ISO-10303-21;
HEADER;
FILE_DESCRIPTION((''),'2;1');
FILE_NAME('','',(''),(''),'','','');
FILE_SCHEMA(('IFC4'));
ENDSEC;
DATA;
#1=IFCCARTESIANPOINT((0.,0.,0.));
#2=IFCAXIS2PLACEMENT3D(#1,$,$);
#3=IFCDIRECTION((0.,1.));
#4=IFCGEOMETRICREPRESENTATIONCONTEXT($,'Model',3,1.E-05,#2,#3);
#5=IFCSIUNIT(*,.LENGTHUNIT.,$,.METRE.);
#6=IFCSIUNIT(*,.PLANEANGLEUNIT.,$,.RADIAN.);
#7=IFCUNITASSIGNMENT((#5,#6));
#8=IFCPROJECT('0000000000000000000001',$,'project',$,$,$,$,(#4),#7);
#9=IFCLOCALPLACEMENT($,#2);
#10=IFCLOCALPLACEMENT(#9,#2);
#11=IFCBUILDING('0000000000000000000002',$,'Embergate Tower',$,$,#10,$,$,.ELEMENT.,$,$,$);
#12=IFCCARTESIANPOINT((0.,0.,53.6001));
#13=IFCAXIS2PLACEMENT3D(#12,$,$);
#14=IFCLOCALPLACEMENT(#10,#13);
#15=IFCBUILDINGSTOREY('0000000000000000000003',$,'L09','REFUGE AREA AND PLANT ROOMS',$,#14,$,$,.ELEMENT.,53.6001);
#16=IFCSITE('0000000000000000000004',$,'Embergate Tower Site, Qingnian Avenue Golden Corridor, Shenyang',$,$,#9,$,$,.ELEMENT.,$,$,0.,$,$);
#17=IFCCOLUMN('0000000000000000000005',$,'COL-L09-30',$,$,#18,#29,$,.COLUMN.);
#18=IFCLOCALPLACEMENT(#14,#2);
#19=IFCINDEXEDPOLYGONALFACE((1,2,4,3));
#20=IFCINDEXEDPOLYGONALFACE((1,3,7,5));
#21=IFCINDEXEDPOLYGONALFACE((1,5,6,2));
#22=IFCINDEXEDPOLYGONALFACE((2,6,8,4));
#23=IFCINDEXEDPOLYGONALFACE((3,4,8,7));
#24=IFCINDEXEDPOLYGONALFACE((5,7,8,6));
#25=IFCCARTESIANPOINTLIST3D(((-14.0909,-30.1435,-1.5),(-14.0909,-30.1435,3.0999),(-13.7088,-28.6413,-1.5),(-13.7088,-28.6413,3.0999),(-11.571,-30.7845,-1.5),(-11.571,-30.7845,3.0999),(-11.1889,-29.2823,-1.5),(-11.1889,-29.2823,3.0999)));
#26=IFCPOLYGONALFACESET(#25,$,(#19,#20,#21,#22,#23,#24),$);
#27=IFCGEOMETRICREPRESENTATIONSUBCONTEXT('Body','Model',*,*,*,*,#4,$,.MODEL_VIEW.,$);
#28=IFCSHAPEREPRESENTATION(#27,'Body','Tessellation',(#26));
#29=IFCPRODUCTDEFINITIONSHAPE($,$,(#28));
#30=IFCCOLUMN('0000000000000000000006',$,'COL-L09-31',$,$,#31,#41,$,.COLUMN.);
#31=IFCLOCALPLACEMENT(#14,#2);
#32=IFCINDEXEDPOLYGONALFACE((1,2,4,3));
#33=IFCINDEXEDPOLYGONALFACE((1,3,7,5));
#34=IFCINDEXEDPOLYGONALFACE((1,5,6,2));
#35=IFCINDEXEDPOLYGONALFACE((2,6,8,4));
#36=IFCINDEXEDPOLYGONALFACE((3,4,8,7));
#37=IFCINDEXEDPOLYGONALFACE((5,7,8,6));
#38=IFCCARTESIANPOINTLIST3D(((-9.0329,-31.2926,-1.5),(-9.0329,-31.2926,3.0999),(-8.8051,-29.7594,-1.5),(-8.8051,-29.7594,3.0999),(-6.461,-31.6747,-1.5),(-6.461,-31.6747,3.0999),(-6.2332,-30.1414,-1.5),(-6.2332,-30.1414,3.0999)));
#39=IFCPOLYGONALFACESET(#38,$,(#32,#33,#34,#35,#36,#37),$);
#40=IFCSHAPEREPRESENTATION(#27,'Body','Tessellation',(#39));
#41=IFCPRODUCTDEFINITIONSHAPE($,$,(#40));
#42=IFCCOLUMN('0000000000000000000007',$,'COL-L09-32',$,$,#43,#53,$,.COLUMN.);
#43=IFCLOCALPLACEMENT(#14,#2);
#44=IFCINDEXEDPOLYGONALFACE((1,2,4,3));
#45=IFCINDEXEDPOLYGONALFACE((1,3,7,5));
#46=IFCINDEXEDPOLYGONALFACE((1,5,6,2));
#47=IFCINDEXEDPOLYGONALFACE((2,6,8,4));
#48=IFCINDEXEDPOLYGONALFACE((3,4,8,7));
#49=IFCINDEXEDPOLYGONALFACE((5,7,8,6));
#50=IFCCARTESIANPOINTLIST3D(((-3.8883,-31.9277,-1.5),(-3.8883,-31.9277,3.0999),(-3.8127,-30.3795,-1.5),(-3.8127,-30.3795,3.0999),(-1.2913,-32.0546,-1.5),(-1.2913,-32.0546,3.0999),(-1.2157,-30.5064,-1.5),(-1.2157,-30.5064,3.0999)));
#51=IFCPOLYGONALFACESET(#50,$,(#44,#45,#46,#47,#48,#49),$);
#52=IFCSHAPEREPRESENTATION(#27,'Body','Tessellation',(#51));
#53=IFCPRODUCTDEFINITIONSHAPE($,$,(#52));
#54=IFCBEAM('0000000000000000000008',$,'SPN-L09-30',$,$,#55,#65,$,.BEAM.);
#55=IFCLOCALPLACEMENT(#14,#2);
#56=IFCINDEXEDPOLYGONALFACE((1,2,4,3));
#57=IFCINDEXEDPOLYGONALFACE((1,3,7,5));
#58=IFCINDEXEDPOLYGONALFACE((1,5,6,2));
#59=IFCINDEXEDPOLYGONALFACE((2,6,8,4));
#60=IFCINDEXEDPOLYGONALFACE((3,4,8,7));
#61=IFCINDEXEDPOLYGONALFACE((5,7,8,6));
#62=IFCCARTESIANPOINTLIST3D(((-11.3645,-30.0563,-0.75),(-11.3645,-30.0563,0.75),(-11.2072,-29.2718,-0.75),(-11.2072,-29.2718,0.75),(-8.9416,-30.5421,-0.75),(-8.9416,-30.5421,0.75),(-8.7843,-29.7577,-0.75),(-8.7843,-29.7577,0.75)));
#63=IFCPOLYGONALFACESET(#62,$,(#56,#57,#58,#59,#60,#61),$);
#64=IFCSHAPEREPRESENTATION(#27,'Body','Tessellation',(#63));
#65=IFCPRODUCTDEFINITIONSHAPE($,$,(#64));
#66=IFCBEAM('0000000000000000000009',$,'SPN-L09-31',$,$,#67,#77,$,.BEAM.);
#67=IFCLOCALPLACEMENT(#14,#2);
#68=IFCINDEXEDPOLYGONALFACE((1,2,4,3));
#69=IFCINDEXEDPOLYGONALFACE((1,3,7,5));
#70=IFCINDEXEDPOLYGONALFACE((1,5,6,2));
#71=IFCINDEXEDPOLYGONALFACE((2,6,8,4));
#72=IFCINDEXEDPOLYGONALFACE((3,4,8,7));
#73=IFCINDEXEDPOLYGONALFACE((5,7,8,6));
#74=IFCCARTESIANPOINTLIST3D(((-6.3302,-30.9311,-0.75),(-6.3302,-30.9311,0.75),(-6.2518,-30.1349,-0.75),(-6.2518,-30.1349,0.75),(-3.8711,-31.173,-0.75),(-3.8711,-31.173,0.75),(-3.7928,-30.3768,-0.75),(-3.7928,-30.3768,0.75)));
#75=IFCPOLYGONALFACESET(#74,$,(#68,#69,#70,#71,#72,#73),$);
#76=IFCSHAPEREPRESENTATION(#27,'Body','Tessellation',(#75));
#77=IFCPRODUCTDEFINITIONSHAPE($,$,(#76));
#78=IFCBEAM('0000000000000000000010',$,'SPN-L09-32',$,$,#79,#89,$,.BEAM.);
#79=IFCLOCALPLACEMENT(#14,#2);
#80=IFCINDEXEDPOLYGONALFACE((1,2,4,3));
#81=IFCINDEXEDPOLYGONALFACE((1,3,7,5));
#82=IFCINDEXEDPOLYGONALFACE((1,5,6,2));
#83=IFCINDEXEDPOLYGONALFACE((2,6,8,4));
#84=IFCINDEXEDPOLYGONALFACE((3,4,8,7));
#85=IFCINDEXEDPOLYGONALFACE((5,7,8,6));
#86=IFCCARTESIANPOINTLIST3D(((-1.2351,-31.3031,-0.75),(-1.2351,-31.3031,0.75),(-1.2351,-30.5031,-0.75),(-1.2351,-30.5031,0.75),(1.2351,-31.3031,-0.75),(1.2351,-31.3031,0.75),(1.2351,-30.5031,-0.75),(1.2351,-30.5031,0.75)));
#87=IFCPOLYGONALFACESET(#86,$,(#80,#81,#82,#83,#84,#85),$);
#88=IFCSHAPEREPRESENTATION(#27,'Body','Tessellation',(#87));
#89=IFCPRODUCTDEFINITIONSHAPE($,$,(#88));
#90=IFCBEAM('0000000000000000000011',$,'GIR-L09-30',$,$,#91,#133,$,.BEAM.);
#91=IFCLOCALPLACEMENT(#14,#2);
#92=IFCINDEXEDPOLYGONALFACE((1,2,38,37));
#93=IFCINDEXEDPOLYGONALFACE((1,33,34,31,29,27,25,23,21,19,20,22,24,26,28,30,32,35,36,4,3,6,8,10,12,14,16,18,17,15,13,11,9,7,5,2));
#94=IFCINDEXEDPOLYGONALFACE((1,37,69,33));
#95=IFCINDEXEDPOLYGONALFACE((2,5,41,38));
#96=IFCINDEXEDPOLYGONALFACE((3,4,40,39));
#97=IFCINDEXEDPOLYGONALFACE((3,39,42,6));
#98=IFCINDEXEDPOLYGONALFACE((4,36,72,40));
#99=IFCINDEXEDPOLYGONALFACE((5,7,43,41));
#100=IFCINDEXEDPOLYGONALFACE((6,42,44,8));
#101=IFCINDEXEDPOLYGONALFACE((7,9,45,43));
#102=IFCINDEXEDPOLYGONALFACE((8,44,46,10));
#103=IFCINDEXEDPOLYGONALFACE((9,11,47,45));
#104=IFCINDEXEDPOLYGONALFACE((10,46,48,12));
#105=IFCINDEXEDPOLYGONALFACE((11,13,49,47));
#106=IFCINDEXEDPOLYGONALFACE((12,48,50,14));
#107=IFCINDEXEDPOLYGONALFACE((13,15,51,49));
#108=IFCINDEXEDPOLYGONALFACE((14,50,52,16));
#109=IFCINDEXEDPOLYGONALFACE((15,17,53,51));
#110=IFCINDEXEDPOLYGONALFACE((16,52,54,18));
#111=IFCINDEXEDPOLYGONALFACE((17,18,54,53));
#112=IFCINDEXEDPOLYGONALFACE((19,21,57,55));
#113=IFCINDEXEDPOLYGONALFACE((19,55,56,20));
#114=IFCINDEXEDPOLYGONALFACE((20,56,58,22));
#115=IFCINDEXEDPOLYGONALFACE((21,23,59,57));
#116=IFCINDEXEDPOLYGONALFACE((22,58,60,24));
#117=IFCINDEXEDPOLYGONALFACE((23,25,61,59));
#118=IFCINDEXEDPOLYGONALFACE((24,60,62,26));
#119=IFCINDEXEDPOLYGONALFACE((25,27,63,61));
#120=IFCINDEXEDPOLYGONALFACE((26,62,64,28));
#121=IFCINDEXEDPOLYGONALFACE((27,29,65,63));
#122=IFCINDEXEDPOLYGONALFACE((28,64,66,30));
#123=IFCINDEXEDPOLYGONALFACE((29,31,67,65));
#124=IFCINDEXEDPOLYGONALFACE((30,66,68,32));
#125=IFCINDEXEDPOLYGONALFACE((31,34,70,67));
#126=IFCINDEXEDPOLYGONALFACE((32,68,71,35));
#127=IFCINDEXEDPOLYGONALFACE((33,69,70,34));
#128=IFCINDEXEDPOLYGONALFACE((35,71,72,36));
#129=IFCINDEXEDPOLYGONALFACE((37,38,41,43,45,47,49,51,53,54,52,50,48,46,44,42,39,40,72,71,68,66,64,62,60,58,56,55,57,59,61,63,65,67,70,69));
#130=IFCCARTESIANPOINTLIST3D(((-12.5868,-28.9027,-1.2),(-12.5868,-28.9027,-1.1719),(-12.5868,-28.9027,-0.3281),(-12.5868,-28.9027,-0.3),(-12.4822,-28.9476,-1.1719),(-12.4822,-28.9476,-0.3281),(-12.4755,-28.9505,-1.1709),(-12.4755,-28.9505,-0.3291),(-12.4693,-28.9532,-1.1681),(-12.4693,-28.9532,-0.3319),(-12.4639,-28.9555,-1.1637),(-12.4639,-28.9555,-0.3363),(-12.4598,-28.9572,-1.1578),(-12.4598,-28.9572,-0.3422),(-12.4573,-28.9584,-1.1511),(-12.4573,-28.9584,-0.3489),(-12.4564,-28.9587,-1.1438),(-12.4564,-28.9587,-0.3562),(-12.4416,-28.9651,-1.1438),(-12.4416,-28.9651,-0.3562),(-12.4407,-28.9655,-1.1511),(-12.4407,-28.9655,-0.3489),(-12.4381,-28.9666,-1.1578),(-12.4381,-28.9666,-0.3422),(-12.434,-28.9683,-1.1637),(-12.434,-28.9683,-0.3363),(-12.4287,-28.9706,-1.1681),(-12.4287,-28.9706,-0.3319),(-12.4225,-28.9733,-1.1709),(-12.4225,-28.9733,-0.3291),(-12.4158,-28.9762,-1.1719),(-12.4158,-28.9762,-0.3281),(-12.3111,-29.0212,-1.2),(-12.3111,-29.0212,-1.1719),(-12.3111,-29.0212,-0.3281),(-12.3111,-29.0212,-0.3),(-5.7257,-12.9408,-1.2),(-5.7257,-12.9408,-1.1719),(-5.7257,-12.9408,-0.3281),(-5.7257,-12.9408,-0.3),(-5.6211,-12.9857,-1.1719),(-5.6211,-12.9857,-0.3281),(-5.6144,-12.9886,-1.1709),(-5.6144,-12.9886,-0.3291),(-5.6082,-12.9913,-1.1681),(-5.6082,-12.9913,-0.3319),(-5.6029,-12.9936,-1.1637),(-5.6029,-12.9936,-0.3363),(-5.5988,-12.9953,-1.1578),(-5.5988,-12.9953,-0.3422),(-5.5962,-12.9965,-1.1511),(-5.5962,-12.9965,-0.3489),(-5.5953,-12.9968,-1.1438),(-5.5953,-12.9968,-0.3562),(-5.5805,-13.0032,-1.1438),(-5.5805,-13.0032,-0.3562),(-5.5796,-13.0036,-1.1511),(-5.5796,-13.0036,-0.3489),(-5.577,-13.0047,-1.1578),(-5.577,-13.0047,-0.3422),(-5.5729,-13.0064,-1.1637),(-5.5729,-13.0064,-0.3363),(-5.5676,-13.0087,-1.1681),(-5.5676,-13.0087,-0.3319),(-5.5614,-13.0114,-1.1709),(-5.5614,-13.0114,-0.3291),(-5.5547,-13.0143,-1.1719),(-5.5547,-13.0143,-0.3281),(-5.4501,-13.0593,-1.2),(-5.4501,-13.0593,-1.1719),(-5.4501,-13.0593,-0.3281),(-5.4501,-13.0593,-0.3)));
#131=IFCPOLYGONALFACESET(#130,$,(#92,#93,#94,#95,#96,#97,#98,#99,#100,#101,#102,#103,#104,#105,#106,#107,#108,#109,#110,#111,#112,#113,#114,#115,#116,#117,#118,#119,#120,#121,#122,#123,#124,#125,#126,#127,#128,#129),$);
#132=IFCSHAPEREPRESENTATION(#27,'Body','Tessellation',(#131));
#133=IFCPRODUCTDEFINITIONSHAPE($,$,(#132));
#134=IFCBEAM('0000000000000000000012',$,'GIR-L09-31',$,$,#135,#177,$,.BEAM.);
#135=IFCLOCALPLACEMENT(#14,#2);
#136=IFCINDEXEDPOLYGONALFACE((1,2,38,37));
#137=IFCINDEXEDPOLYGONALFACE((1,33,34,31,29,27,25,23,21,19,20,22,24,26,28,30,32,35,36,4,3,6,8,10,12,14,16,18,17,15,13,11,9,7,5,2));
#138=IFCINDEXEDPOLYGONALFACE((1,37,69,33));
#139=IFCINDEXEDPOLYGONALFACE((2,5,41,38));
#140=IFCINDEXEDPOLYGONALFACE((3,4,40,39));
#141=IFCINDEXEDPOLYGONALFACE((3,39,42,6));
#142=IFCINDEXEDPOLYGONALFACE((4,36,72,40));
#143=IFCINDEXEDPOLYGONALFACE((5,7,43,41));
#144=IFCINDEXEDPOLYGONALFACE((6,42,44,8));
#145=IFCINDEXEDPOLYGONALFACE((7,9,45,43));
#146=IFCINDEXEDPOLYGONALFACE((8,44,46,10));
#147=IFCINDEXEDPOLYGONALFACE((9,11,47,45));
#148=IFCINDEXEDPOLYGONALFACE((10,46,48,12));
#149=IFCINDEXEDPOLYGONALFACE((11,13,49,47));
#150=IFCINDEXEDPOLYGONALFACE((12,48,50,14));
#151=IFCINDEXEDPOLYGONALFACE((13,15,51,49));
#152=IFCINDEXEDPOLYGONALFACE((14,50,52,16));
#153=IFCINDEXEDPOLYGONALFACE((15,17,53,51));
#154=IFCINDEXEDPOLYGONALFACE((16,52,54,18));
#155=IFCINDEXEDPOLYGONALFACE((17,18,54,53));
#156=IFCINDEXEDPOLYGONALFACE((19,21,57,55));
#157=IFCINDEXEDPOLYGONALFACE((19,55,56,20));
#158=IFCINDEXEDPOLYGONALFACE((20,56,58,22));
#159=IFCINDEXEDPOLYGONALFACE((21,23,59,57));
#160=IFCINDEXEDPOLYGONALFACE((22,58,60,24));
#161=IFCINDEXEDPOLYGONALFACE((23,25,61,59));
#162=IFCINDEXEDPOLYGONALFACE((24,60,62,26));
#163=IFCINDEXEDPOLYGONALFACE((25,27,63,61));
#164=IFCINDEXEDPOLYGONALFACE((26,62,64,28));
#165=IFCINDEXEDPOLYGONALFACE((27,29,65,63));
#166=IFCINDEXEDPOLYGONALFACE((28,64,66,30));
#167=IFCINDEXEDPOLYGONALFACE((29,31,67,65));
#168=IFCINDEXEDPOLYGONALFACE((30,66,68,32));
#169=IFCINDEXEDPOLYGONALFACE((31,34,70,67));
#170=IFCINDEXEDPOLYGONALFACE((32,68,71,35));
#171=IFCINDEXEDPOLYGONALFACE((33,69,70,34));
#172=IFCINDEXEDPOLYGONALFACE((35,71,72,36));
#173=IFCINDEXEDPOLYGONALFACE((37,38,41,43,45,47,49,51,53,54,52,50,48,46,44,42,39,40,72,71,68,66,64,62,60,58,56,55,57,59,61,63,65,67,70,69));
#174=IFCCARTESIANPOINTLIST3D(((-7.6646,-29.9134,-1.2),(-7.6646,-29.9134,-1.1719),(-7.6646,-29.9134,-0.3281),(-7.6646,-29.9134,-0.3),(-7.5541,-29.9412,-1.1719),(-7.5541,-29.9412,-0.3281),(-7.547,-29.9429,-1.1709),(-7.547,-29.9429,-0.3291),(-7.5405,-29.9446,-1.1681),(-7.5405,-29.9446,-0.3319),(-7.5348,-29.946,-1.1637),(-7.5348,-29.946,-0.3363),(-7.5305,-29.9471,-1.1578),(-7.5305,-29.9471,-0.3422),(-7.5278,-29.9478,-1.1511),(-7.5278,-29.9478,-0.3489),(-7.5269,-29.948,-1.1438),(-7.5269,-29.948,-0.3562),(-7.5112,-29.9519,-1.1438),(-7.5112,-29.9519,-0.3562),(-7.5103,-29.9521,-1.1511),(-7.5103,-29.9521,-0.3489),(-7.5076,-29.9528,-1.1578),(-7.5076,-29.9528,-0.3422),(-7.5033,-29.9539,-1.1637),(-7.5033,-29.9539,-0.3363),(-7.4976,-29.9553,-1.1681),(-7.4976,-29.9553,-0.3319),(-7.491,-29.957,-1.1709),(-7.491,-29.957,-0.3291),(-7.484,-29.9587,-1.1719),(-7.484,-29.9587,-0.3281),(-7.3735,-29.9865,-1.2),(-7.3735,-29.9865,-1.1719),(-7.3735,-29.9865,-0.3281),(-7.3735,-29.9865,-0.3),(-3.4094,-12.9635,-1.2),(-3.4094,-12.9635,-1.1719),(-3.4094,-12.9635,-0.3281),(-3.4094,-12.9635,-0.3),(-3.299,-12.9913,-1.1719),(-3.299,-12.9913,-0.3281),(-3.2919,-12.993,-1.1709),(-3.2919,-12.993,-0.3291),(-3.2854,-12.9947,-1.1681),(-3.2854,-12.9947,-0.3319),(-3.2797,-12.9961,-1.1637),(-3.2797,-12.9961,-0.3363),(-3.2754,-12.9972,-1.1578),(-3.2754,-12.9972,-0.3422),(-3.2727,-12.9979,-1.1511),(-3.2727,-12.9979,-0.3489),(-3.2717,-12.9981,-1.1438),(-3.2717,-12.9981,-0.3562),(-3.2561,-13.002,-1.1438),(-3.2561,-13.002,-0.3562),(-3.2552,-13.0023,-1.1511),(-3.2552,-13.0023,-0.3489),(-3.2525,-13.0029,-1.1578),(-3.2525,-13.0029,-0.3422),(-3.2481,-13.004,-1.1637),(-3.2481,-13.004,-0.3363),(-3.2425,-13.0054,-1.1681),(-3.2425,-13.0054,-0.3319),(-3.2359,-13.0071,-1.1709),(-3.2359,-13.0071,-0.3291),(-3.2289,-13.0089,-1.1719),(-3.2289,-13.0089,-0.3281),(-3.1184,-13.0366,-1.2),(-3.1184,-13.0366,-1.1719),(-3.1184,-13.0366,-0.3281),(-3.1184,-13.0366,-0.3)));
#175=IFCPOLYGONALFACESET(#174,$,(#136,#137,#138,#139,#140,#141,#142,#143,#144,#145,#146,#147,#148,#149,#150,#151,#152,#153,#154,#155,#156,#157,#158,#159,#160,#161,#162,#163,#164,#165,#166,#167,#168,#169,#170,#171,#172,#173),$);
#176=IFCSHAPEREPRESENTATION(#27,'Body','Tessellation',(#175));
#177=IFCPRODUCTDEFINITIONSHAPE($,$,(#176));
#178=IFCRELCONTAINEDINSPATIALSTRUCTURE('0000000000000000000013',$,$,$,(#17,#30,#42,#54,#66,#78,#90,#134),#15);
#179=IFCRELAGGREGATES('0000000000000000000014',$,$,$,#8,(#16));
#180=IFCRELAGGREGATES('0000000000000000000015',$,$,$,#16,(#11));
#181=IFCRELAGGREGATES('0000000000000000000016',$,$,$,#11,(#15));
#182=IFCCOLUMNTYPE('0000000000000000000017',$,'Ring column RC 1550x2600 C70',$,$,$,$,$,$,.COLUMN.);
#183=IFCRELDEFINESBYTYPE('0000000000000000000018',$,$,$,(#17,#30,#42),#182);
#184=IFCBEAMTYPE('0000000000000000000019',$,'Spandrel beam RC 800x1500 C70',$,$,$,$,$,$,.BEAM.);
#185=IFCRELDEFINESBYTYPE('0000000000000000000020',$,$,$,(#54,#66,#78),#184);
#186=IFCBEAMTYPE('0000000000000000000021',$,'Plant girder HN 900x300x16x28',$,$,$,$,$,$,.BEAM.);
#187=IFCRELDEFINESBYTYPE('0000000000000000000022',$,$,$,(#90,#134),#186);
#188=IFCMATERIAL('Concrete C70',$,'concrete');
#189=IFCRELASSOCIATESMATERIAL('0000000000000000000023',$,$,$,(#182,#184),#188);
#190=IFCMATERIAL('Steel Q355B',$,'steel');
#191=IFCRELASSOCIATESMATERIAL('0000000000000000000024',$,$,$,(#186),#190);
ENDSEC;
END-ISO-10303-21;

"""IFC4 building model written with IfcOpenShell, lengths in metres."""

from ifc_helpers import new_model, si_unit, direction, frame, origin, origin_2d, place, context, subcontext, project, spatial, rectangle, i_section, extrude, source, transform, mapped, material, material_profile, profile_set, type_object, element, save


model = new_model("IFC4")

# Units and contexts
model_context = context("Model", 3, precision=1e-05, world=origin(), true_north=direction((0.0, 1.0)))
body_context = subcontext(model_context, "Body", "Model", "MODEL_VIEW")
ifc_project = project(units=[si_unit("LENGTHUNIT", "METRE"), si_unit("PLANEANGLEUNIT", "RADIAN")], contexts=[model_context])

# Site, building, storey
site_placement = place(None, origin())
site = spatial("IfcSite", under=ifc_project, at=site_placement, Name="Embergate Tower Site, Qingnian Avenue Golden Corridor, Shenyang", CompositionType="ELEMENT", RefElevation=0.0)
building_placement = place(site_placement, origin())
building = spatial("IfcBuilding", under=site, at=building_placement, Name="Embergate Tower", CompositionType="ELEMENT")
storey_placement = place(building_placement, frame((0.0, 0.0, 53.6001)))
storey = spatial("IfcBuildingStorey", under=building, at=storey_placement, Name="L09", Description="REFUGE AREA AND PLANT ROOMS", CompositionType="ELEMENT", Elevation=53.6001)

# Columns
ifc_material_1 = material(Name="Concrete C70", Category="concrete")
ifc_material_profile_1 = material_profile(ifc_material_1, rectangle(XDim=1.55, YDim=2.6001, at=origin_2d()), Name="RC 1550x2600")
ifc_profile_set_1 = profile_set([ifc_material_profile_1], Name="Concrete C70")
column_type = type_object("IfcColumnType", Name="Ring column RC 1550x2600 C70", PredefinedType="COLUMN", material=ifc_profile_set_1)
shared_shape_1 = source(origin(), body_context, "Body", "SweptSolid", [
    extrude(rectangle(XDim=1.55, YDim=2.6001, at=origin_2d()), origin(), (0.0, 0.0, 1.0), 4.5999),
])
for number, where, z_axis, x_axis, name in (
    (1, (-12.6399, -29.7129, -1.5), (0.0, 0.0, 1.0), (-0.246509, -0.969141, 0.0), "COL-L09-30"),
    (2, (-7.6331, -30.717, -1.5), (0.0, 0.0, 1.0), (-0.146929, -0.989147, 0.0), "COL-L09-31"),
    (3, (-2.552, -31.217, -1.5), (0.0, 0.0, 1.0), (-0.048815, -0.998808, 0.0), "COL-L09-32"),
):
    element("IfcColumn", number, at=place(storey_placement, frame(where, z_axis=z_axis, x_axis=x_axis)), inside=storey, type_object=column_type, Name=name, PredefinedType="COLUMN", context=body_context, shape_type="MappedRepresentation", body=[
        mapped(shared_shape_1, transform((0.0, 0.0, 0.0))),
    ])

# Beams
ifc_material_profile_2 = material_profile(ifc_material_1, rectangle(XDim=0.8, YDim=1.5, at=origin_2d()), Name="RC 800x1500")
ifc_profile_set_2 = profile_set([ifc_material_profile_2], Name="Concrete C70")
beam_type_1 = type_object("IfcBeamType", Name="Spandrel beam RC 800x1500 C70", PredefinedType="BEAM", material=ifc_profile_set_2)
shared_shape_2 = source(origin(), body_context, "Body", "SweptSolid", [
    extrude(rectangle(XDim=0.8, YDim=1.5, at=origin_2d()), origin(), (0.0, 0.0, 1.0), 2.4712),
])
beam_1_placement = place(storey_placement, frame((-11.2859, -29.6641, 0.0), z_axis=(0.980482, -0.19661, 0.0), x_axis=(0.19661, 0.980482, 0.0)))
element("IfcBeam", 4, at=beam_1_placement, inside=storey, type_object=beam_type_1, Name="SPN-L09-30", PredefinedType="BEAM", context=body_context, shape_type="MappedRepresentation", body=[
    mapped(shared_shape_2, transform((0.0, 0.0, 0.0))),
])
shared_shape_3 = source(origin(), body_context, "Body", "SweptSolid", [
    extrude(rectangle(XDim=0.8, YDim=1.5, at=origin_2d()), origin(), (0.0, 0.0, 1.0), 2.4709),
])
beam_2_placement = place(storey_placement, frame((-6.291, -30.533, 0.0), z_axis=(0.995194, -0.097919, 0.0), x_axis=(0.097919, 0.995194, 0.0)))
element("IfcBeam", 5, at=beam_2_placement, inside=storey, type_object=beam_type_1, Name="SPN-L09-31", PredefinedType="BEAM", context=body_context, shape_type="MappedRepresentation", body=[
    mapped(shared_shape_3, transform((0.0, 0.0, 0.0))),
])
shared_shape_4 = source(origin(), body_context, "Body", "SweptSolid", [
    extrude(rectangle(XDim=0.8, YDim=1.5, at=origin_2d()), origin(), (0.0, 0.0, 1.0), 2.4702),
])
beam_3_placement = place(storey_placement, frame((-1.2351, -30.9031, 0.0), z_axis=(1.0, 0.0, 0.0), x_axis=(0.0, 1.0, 0.0)))
element("IfcBeam", 6, at=beam_3_placement, inside=storey, type_object=beam_type_1, Name="SPN-L09-32", PredefinedType="BEAM", context=body_context, shape_type="MappedRepresentation", body=[
    mapped(shared_shape_4, transform((0.0, 0.0, 0.0))),
])
ifc_material_2 = material(Name="Steel Q355B", Category="steel")
ifc_material_profile_3 = material_profile(ifc_material_2, i_section(OverallWidth=0.3, OverallDepth=0.8999, WebThickness=0.0161, FlangeThickness=0.0281, FilletRadius=0.0281, at=origin_2d()), Name="HN 900x300x16x28")
ifc_profile_set_3 = profile_set([ifc_material_profile_3], Name="Steel Q355 grade B")
beam_type_2 = type_object("IfcBeamType", Name="Plant girder HN 900x300x16x28", PredefinedType="BEAM", material=ifc_profile_set_3)
shared_shape_5 = source(origin(), body_context, "Body", "SweptSolid", [
    extrude(i_section(OverallWidth=0.3, OverallDepth=0.8999, WebThickness=0.0161, FlangeThickness=0.0281, FilletRadius=0.0281, at=origin_2d()), origin(), (0.0, 0.0, 1.0), 17.374),
])
beam_4_placement = place(storey_placement, frame((-12.449, -28.9619, -0.75), z_axis=(0.394904, 0.918722, 0.0), x_axis=(-0.918722, 0.394904, 0.0)))
element("IfcBeam", 7, at=beam_4_placement, inside=storey, type_object=beam_type_2, Name="GIR-L09-30", PredefinedType="BEAM", context=body_context, shape_type="MappedRepresentation", body=[
    mapped(shared_shape_5, transform((0.0, 0.0, 0.0))),
])
shared_shape_6 = source(origin(), body_context, "Body", "SweptSolid", [
    extrude(i_section(OverallWidth=0.3, OverallDepth=0.8999, WebThickness=0.0161, FlangeThickness=0.0281, FilletRadius=0.0281, at=origin_2d()), origin(), (0.0, 0.0, 1.0), 17.4758),
])
beam_5_placement = place(storey_placement, frame((-7.519, -29.95, -0.75), z_axis=(0.243485, 0.969905, 0.0), x_axis=(-0.969905, 0.243485, 0.0)))
element("IfcBeam", 8, at=beam_5_placement, inside=storey, type_object=beam_type_2, Name="GIR-L09-31", PredefinedType="BEAM", context=body_context, shape_type="MappedRepresentation", body=[
    mapped(shared_shape_6, transform((0.0, 0.0, 0.0))),
])

save(model, "model.ifc")
